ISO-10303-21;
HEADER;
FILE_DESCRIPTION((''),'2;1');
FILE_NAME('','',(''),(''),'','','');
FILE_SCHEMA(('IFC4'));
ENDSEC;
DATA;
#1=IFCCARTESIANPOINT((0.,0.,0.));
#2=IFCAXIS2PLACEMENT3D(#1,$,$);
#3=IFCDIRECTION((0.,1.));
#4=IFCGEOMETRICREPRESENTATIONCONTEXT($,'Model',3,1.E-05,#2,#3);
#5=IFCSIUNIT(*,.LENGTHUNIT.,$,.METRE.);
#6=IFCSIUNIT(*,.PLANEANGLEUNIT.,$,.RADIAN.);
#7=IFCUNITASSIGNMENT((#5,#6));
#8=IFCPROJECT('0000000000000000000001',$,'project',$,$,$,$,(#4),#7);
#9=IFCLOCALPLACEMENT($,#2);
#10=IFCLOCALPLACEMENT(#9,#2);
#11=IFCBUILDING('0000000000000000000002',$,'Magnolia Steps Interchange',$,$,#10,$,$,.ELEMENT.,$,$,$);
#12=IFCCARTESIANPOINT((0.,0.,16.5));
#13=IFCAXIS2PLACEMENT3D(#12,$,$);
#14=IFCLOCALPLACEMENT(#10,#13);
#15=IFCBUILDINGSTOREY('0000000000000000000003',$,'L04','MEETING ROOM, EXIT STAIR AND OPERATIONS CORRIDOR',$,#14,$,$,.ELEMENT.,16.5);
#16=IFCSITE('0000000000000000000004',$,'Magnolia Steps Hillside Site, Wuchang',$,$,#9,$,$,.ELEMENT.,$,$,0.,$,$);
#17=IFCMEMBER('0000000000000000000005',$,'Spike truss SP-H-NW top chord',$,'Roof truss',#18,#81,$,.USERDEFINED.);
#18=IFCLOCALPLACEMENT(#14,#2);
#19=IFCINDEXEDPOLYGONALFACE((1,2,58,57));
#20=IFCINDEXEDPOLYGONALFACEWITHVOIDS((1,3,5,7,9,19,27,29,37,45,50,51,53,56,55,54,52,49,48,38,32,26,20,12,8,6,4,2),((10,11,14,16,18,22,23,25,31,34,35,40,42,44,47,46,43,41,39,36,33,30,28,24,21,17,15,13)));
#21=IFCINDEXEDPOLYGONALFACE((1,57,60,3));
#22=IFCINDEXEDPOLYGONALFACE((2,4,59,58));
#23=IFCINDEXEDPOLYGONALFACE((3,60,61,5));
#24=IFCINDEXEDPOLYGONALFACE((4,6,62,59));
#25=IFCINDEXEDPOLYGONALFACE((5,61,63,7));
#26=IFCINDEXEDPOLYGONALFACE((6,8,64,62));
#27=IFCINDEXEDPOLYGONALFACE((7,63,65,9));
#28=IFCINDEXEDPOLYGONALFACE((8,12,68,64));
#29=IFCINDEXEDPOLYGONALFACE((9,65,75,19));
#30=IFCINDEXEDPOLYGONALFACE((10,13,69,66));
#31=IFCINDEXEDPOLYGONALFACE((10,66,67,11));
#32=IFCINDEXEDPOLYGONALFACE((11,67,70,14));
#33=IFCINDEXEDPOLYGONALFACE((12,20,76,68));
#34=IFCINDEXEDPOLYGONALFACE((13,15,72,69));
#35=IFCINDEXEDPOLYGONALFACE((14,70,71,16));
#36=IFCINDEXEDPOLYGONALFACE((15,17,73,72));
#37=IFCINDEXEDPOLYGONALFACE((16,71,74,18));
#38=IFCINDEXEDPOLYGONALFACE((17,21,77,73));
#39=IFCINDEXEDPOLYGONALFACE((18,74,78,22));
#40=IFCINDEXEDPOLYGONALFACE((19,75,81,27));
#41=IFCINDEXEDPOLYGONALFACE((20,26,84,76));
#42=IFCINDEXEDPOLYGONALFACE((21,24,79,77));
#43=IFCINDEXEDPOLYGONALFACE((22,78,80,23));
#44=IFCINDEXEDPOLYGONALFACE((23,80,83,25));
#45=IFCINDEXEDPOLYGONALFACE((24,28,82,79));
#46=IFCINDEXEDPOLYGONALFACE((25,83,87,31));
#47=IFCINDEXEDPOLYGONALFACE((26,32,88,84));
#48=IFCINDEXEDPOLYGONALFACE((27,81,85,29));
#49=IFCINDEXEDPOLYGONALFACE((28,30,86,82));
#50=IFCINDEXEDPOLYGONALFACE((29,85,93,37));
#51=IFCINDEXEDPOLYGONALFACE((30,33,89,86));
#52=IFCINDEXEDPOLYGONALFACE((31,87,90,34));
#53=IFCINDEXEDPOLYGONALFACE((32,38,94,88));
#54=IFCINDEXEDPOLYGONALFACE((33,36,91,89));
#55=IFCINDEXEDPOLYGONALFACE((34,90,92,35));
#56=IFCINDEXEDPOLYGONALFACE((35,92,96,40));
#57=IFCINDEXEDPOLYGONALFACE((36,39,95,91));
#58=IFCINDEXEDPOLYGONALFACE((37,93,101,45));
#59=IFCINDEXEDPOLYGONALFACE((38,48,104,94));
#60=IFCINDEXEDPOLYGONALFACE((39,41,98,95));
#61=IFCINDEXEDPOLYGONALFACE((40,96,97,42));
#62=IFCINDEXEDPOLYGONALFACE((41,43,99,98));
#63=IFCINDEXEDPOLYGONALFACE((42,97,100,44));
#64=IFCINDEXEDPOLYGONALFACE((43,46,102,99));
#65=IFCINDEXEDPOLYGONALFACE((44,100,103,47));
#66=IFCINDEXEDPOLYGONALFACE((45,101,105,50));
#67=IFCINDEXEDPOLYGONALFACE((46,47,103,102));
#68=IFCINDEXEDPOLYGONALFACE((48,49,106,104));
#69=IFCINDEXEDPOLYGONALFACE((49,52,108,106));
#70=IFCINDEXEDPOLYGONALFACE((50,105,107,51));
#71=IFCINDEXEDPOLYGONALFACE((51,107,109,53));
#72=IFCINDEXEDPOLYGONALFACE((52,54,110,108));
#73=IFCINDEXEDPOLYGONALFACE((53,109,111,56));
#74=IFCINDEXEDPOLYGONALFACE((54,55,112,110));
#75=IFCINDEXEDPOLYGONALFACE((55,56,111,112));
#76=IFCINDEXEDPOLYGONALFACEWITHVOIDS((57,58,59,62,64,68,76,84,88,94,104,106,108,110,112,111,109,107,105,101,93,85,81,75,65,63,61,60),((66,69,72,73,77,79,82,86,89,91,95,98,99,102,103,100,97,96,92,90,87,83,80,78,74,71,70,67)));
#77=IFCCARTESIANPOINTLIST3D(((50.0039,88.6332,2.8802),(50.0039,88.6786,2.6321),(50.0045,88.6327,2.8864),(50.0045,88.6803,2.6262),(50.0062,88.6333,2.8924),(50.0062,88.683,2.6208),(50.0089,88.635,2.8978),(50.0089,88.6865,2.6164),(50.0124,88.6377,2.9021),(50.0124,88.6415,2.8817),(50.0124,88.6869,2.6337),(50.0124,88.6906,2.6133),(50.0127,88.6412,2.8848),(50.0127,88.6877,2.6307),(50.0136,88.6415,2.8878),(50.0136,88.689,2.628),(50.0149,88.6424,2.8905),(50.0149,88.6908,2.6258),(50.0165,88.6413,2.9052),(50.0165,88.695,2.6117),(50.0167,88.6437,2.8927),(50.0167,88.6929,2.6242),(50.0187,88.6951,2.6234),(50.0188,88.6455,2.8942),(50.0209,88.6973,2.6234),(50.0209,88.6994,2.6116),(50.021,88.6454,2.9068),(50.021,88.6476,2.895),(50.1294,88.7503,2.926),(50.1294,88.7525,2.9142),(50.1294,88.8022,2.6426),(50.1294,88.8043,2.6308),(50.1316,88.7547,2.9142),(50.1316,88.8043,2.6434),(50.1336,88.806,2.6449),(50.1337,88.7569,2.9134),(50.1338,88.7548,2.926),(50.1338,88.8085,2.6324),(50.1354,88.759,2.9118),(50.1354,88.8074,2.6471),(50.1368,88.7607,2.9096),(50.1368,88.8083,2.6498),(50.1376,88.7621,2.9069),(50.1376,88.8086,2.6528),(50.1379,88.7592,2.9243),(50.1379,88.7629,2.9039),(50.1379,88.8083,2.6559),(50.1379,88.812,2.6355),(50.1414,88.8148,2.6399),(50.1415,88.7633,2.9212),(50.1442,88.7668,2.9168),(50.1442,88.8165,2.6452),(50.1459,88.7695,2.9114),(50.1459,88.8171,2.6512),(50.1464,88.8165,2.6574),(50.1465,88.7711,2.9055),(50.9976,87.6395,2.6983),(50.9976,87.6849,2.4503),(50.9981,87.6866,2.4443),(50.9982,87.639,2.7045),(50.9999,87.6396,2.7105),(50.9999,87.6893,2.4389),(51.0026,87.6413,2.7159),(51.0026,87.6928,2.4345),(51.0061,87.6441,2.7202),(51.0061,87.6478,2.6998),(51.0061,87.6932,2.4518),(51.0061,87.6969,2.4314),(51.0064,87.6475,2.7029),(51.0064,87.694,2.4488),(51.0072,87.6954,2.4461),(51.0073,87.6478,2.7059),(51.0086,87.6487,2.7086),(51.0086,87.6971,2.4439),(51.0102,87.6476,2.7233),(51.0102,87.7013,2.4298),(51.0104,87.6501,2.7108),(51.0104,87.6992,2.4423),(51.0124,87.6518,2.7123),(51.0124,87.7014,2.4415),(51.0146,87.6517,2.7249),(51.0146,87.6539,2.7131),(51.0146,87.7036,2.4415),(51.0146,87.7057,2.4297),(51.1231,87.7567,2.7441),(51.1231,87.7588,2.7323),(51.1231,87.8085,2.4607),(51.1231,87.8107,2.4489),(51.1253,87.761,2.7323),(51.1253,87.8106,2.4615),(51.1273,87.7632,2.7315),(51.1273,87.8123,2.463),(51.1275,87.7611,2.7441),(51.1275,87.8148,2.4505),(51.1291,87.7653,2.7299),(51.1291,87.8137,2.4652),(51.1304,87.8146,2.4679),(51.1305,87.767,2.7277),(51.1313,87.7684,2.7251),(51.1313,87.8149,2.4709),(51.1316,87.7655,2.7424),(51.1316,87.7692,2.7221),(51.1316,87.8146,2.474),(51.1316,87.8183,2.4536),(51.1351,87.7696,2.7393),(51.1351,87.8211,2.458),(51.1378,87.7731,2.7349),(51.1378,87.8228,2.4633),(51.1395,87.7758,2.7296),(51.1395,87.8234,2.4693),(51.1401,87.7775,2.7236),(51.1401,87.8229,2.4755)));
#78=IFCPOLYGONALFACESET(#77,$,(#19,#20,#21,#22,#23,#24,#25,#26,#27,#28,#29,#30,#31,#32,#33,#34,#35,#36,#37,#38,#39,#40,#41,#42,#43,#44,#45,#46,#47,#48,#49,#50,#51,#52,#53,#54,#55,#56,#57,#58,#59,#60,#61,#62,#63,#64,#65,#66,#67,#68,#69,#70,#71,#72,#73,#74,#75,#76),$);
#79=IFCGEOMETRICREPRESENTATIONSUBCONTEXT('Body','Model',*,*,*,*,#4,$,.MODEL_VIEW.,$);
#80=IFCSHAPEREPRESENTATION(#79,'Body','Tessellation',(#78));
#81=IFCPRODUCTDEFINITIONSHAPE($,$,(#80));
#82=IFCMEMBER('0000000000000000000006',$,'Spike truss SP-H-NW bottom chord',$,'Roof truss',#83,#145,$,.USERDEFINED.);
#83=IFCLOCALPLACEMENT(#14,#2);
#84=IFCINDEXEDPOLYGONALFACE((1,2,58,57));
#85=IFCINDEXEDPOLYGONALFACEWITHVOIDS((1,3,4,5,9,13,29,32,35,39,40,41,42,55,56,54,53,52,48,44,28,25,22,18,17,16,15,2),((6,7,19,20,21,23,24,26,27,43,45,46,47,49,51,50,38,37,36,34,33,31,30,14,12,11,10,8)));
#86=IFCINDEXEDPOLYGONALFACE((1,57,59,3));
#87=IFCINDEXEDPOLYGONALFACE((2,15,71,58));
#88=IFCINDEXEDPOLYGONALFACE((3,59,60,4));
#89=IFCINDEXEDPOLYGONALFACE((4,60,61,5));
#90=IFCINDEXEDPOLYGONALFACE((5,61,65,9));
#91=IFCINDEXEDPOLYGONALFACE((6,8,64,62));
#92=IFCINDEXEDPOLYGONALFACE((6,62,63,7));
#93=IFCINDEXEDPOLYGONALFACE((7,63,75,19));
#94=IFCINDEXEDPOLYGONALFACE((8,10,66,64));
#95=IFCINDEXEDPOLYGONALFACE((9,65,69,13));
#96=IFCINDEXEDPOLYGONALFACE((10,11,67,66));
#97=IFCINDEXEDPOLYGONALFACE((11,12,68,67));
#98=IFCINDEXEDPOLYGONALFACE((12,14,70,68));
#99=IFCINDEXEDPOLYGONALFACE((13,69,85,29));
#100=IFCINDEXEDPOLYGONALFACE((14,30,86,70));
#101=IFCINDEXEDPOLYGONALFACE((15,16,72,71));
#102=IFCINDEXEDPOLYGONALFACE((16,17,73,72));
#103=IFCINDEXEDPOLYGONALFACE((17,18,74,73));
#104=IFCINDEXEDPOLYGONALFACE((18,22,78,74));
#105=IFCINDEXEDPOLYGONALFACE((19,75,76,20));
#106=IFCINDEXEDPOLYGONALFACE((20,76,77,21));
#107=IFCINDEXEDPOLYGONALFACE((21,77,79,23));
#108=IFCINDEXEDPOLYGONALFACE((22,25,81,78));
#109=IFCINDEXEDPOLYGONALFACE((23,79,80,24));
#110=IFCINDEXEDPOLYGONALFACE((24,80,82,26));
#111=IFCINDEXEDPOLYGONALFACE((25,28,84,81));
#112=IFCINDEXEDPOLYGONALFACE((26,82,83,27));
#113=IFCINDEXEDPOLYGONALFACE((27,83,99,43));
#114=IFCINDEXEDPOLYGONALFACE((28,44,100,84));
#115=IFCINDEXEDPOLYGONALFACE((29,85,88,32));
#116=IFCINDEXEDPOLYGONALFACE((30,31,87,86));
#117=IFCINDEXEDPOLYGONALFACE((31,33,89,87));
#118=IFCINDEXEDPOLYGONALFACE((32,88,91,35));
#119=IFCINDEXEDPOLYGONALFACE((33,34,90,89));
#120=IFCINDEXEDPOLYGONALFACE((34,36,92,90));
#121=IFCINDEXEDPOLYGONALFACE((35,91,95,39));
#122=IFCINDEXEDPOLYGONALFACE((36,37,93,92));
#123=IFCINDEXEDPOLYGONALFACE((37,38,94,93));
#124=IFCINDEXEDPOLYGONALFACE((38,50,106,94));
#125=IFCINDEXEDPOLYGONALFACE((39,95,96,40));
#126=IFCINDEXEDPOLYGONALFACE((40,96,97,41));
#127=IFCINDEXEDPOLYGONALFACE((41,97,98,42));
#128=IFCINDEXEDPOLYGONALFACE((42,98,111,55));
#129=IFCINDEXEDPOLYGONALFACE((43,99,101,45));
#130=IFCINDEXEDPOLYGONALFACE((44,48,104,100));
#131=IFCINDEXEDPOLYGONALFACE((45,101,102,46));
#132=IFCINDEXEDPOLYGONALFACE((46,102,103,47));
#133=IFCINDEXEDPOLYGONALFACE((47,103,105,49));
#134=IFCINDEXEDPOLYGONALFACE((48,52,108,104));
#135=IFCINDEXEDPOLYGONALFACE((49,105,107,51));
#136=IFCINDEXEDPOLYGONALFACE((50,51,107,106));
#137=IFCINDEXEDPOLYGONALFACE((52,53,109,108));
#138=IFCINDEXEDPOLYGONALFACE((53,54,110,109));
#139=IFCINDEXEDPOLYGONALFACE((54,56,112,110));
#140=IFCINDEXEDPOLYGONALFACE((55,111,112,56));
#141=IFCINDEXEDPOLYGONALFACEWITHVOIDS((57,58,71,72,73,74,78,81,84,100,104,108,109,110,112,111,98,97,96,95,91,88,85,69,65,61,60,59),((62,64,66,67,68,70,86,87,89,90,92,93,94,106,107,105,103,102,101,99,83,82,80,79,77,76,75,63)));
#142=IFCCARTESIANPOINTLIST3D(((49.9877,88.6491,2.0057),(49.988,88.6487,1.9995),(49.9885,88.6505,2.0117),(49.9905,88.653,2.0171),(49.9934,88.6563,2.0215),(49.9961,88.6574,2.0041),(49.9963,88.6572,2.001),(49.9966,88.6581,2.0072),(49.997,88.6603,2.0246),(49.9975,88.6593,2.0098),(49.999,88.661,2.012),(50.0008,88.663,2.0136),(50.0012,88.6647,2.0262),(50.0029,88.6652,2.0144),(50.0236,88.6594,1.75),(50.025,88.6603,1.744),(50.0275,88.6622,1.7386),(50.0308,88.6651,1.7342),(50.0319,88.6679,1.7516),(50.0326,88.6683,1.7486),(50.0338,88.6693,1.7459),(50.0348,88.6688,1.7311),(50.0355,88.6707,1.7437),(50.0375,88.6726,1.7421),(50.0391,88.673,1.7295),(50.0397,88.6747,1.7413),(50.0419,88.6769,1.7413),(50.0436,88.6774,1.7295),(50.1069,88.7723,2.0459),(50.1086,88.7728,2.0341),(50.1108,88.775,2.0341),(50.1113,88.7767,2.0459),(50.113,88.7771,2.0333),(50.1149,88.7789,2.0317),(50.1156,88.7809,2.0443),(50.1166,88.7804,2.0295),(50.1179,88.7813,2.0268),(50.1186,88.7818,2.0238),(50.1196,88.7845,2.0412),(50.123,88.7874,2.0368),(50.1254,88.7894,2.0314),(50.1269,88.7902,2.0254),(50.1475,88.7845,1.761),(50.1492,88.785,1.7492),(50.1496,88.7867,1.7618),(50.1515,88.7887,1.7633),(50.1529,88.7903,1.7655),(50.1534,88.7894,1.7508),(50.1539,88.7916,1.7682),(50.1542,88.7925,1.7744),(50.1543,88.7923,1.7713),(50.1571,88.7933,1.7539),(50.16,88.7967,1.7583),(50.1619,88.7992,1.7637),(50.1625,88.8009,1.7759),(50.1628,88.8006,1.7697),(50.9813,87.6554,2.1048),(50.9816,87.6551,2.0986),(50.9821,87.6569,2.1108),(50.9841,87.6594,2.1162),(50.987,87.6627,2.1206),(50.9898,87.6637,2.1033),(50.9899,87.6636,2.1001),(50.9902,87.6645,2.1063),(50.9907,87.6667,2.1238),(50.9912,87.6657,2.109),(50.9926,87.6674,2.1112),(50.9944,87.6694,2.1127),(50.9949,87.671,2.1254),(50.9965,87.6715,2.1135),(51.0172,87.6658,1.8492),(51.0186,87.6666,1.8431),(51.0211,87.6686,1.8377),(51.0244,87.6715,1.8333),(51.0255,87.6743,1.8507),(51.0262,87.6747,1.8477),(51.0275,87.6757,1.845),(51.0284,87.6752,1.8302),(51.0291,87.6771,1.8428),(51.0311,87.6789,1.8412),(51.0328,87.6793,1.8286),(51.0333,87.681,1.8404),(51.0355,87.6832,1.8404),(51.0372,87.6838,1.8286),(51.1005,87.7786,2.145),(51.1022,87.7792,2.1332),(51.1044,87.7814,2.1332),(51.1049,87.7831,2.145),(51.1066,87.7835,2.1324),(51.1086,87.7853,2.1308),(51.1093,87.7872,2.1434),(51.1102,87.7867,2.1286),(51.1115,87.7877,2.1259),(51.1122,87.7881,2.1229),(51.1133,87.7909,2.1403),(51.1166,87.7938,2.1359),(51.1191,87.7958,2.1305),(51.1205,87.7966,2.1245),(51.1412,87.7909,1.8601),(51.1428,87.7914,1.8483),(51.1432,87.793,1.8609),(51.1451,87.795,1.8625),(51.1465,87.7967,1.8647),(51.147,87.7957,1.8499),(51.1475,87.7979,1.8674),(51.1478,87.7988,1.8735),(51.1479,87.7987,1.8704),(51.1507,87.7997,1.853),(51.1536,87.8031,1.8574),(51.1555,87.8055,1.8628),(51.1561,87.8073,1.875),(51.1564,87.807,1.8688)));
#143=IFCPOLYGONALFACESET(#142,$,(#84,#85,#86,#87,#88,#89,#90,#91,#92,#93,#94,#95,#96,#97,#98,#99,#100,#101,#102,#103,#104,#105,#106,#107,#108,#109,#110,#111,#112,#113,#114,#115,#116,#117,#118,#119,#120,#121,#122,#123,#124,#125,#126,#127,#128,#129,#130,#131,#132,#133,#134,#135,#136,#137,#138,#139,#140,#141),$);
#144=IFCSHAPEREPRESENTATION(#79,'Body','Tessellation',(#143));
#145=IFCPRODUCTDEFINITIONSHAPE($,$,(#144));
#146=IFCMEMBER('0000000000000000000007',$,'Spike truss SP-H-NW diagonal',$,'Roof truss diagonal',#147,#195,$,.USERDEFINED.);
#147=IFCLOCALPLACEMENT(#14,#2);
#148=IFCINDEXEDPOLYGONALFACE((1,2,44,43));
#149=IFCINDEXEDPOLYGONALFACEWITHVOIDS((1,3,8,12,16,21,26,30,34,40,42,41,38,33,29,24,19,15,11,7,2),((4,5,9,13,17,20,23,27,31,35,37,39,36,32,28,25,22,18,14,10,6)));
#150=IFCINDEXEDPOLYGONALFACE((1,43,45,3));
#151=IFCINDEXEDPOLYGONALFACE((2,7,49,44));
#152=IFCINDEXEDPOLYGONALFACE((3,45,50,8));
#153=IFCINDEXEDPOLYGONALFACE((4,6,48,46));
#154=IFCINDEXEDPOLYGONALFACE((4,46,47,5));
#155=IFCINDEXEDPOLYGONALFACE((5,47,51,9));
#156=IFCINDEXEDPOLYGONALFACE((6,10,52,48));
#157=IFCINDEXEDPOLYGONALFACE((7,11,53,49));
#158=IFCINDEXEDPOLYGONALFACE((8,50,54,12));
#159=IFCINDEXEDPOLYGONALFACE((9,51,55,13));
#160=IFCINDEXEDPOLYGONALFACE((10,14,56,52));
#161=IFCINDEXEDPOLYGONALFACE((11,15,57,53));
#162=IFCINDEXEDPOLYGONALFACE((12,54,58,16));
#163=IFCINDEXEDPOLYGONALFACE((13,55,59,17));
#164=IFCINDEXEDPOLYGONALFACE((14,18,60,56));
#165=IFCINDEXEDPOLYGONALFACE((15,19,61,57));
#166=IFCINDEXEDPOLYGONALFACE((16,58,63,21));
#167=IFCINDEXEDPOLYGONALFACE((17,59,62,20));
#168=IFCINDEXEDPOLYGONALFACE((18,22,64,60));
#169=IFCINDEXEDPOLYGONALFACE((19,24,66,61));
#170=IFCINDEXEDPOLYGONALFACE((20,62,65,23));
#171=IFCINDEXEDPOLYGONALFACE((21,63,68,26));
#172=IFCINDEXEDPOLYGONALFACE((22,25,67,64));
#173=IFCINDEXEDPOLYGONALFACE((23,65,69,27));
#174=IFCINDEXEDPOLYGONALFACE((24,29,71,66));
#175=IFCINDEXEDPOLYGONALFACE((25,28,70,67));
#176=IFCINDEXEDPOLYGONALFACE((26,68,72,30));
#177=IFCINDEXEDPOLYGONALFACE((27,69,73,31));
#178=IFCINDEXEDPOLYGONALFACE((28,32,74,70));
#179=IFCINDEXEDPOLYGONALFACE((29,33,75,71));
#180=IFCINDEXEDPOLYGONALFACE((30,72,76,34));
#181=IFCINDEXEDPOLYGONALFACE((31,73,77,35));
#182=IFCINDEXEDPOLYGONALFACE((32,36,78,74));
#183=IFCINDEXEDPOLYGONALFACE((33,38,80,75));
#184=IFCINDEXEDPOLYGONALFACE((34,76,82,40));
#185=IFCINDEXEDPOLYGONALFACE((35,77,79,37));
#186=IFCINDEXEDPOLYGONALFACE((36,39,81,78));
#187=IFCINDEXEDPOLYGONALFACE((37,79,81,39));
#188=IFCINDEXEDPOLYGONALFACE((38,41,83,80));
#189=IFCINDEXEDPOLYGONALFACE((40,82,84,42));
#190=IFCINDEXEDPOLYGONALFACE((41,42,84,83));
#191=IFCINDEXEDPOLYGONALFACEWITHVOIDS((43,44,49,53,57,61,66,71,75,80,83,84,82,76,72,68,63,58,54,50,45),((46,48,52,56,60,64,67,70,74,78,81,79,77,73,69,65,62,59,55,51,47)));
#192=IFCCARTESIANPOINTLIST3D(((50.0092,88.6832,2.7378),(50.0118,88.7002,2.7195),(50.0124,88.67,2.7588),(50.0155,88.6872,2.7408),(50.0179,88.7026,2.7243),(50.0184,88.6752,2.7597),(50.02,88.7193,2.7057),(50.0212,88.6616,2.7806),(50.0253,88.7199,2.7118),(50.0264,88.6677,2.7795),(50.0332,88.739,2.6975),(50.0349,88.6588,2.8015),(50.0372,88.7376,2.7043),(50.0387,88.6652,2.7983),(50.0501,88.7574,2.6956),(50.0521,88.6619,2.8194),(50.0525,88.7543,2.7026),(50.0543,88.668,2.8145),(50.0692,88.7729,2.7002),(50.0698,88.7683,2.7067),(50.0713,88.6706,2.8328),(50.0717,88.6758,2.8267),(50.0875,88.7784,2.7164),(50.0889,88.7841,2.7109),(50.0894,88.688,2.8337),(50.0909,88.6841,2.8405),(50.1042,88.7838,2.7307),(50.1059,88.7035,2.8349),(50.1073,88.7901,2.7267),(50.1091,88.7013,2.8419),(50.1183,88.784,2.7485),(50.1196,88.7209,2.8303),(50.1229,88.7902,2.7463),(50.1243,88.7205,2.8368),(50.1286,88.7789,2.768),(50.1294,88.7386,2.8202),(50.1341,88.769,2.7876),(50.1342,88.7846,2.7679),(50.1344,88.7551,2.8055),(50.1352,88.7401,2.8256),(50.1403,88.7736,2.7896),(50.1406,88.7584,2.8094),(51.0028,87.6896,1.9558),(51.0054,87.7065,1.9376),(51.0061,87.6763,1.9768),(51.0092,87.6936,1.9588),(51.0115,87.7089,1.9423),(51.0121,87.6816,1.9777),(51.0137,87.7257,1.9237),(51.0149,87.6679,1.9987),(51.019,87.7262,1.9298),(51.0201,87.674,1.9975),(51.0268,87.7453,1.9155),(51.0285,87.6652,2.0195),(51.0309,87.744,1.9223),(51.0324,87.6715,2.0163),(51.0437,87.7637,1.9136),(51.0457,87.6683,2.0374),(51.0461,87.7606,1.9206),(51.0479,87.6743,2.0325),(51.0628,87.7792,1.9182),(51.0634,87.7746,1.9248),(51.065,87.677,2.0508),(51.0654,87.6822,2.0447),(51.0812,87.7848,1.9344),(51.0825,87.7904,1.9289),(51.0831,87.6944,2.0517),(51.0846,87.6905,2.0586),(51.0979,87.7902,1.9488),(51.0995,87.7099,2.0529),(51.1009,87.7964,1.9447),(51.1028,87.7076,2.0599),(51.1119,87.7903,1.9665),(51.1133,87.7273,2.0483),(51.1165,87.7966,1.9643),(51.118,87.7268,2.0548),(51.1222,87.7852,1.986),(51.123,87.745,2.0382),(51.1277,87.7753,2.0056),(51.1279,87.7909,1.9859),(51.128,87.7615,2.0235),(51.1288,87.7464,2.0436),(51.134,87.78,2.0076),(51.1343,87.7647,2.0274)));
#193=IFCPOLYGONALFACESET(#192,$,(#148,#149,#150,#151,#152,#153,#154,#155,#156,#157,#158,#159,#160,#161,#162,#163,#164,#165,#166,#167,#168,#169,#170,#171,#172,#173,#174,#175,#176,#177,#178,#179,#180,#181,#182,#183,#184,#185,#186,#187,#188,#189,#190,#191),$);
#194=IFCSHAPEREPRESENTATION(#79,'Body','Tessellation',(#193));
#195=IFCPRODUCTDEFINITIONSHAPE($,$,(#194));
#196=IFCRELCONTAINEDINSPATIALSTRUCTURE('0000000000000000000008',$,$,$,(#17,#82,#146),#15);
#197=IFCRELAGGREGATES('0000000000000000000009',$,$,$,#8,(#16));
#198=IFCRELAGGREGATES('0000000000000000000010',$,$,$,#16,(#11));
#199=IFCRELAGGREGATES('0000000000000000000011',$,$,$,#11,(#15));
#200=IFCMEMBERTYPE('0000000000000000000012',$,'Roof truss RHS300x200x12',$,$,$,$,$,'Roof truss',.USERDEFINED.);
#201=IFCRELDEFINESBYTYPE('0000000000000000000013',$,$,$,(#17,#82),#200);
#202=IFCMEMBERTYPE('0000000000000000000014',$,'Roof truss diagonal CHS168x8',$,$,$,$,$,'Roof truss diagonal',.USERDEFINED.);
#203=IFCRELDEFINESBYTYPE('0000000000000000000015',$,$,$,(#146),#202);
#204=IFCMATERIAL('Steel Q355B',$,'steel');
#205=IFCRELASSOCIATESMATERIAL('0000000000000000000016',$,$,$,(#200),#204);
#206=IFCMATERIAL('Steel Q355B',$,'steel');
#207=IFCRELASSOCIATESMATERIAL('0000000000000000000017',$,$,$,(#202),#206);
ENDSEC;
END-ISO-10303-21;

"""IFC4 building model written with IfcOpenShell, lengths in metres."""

from ifc_helpers import new_model, si_unit, direction, frame, origin, origin_2d, place, context, subcontext, project, spatial, hollow_rectangle, hollow_circle, extrude, material, material_profile, profile_set, type_object, element, save


model = new_model("IFC4")

# Units and contexts
model_context = context("Model", 3, precision=1e-05, world=origin(), true_north=direction((0.0, 1.0)))
body_context = subcontext(model_context, "Body", "Model", "MODEL_VIEW")
ifc_project = project(units=[si_unit("LENGTHUNIT", "METRE"), si_unit("PLANEANGLEUNIT", "RADIAN")], contexts=[model_context])

# Site, building, storey
site_placement = place(None, origin())
site = spatial("IfcSite", under=ifc_project, at=site_placement, Name="Magnolia Steps Hillside Site, Wuchang", CompositionType="ELEMENT", RefElevation=0.0)
building_placement = place(site_placement, origin())
building = spatial("IfcBuilding", under=site, at=building_placement, Name="Magnolia Steps Interchange", CompositionType="ELEMENT")
storey_placement = place(building_placement, frame((0.0, 0.0, 16.5)))
storey = spatial("IfcBuildingStorey", under=building, at=storey_placement, Name="L04", Description="MEETING ROOM, EXIT STAIR AND OPERATIONS CORRIDOR", CompositionType="ELEMENT", Elevation=16.5)

# Members
ifc_material_1 = material(Name="Steel Q355B", Category="steel")
ifc_material_profile_1 = material_profile(ifc_material_1, hollow_rectangle(XDim=0.2, YDim=0.3, WallThickness=0.012, InnerFilletRadius=0.012, OuterFilletRadius=0.0239, at=origin_2d()), Name="RHS300x200x12")
ifc_profile_set_1 = profile_set([ifc_material_profile_1], Name="Steel Q355B")
member_type_1 = type_object("IfcMemberType", Name="Roof truss RHS300x200x12", ElementType="Roof truss", PredefinedType="USERDEFINED", material=ifc_profile_set_1)
member_1_placement = place(storey_placement, frame((51.0688, 87.7312, 2.5869), z_axis=(-0.701257, 0.701257, 0.128363), x_axis=(-0.712908, -0.689811, -0.126185)))
element("IfcMember", 1, at=member_1_placement, inside=storey, type_object=member_type_1, Name="Spike truss SP-H-NW top chord", ObjectType="Roof truss", PredefinedType="USERDEFINED", context=body_context, shape_type="SweptSolid", body=[
    extrude(hollow_rectangle(XDim=0.2, YDim=0.3, WallThickness=0.012, InnerFilletRadius=0.012, OuterFilletRadius=0.0239, at=origin_2d()), origin(), (0.0, 0.0, 1.0), 1.417),
])
member_2_placement = place(storey_placement, frame((51.0688, 87.7312, 1.9868), z_axis=(-0.705354, 0.705354, -0.070362), x_axis=(-0.694672, -0.707584, -0.129439)))
element("IfcMember", 2, at=member_2_placement, inside=storey, type_object=member_type_1, Name="Spike truss SP-H-NW bottom chord", ObjectType="Roof truss", PredefinedType="USERDEFINED", context=body_context, shape_type="SweptSolid", body=[
    extrude(hollow_rectangle(XDim=0.2, YDim=0.3, WallThickness=0.012, InnerFilletRadius=0.012, OuterFilletRadius=0.0239, at=origin_2d()), origin(), (0.0, 0.0, 1.0), 1.4087),
])
ifc_material_2 = material(Name="Steel Q355B", Category="steel")
ifc_material_profile_2 = material_profile(ifc_material_2, hollow_circle(Radius=0.084, WallThickness=0.0081, at=origin_2d()), Name="CHS168x8")
ifc_profile_set_2 = profile_set([ifc_material_profile_2], Name="Steel Q355B")
member_type_2 = type_object("IfcMemberType", Name="Roof truss diagonal CHS168x8", ElementType="Roof truss diagonal", PredefinedType="USERDEFINED", material=ifc_profile_set_2)
member_3_placement = place(storey_placement, frame((51.0688, 87.7312, 1.9868), z_axis=(-0.617881, 0.617881, 0.486258), x_axis=(-0.747492, -0.653429, -0.119525)))
element("IfcMember", 3, at=member_3_placement, inside=storey, type_object=member_type_2, Name="Spike truss SP-H-NW diagonal", ObjectType="Roof truss diagonal", PredefinedType="USERDEFINED", context=body_context, shape_type="SweptSolid", body=[
    extrude(hollow_circle(Radius=0.084, WallThickness=0.0081, at=origin_2d()), origin(), (0.0, 0.0, 1.0), 1.6082),
])

save(model, "model.ifc")
